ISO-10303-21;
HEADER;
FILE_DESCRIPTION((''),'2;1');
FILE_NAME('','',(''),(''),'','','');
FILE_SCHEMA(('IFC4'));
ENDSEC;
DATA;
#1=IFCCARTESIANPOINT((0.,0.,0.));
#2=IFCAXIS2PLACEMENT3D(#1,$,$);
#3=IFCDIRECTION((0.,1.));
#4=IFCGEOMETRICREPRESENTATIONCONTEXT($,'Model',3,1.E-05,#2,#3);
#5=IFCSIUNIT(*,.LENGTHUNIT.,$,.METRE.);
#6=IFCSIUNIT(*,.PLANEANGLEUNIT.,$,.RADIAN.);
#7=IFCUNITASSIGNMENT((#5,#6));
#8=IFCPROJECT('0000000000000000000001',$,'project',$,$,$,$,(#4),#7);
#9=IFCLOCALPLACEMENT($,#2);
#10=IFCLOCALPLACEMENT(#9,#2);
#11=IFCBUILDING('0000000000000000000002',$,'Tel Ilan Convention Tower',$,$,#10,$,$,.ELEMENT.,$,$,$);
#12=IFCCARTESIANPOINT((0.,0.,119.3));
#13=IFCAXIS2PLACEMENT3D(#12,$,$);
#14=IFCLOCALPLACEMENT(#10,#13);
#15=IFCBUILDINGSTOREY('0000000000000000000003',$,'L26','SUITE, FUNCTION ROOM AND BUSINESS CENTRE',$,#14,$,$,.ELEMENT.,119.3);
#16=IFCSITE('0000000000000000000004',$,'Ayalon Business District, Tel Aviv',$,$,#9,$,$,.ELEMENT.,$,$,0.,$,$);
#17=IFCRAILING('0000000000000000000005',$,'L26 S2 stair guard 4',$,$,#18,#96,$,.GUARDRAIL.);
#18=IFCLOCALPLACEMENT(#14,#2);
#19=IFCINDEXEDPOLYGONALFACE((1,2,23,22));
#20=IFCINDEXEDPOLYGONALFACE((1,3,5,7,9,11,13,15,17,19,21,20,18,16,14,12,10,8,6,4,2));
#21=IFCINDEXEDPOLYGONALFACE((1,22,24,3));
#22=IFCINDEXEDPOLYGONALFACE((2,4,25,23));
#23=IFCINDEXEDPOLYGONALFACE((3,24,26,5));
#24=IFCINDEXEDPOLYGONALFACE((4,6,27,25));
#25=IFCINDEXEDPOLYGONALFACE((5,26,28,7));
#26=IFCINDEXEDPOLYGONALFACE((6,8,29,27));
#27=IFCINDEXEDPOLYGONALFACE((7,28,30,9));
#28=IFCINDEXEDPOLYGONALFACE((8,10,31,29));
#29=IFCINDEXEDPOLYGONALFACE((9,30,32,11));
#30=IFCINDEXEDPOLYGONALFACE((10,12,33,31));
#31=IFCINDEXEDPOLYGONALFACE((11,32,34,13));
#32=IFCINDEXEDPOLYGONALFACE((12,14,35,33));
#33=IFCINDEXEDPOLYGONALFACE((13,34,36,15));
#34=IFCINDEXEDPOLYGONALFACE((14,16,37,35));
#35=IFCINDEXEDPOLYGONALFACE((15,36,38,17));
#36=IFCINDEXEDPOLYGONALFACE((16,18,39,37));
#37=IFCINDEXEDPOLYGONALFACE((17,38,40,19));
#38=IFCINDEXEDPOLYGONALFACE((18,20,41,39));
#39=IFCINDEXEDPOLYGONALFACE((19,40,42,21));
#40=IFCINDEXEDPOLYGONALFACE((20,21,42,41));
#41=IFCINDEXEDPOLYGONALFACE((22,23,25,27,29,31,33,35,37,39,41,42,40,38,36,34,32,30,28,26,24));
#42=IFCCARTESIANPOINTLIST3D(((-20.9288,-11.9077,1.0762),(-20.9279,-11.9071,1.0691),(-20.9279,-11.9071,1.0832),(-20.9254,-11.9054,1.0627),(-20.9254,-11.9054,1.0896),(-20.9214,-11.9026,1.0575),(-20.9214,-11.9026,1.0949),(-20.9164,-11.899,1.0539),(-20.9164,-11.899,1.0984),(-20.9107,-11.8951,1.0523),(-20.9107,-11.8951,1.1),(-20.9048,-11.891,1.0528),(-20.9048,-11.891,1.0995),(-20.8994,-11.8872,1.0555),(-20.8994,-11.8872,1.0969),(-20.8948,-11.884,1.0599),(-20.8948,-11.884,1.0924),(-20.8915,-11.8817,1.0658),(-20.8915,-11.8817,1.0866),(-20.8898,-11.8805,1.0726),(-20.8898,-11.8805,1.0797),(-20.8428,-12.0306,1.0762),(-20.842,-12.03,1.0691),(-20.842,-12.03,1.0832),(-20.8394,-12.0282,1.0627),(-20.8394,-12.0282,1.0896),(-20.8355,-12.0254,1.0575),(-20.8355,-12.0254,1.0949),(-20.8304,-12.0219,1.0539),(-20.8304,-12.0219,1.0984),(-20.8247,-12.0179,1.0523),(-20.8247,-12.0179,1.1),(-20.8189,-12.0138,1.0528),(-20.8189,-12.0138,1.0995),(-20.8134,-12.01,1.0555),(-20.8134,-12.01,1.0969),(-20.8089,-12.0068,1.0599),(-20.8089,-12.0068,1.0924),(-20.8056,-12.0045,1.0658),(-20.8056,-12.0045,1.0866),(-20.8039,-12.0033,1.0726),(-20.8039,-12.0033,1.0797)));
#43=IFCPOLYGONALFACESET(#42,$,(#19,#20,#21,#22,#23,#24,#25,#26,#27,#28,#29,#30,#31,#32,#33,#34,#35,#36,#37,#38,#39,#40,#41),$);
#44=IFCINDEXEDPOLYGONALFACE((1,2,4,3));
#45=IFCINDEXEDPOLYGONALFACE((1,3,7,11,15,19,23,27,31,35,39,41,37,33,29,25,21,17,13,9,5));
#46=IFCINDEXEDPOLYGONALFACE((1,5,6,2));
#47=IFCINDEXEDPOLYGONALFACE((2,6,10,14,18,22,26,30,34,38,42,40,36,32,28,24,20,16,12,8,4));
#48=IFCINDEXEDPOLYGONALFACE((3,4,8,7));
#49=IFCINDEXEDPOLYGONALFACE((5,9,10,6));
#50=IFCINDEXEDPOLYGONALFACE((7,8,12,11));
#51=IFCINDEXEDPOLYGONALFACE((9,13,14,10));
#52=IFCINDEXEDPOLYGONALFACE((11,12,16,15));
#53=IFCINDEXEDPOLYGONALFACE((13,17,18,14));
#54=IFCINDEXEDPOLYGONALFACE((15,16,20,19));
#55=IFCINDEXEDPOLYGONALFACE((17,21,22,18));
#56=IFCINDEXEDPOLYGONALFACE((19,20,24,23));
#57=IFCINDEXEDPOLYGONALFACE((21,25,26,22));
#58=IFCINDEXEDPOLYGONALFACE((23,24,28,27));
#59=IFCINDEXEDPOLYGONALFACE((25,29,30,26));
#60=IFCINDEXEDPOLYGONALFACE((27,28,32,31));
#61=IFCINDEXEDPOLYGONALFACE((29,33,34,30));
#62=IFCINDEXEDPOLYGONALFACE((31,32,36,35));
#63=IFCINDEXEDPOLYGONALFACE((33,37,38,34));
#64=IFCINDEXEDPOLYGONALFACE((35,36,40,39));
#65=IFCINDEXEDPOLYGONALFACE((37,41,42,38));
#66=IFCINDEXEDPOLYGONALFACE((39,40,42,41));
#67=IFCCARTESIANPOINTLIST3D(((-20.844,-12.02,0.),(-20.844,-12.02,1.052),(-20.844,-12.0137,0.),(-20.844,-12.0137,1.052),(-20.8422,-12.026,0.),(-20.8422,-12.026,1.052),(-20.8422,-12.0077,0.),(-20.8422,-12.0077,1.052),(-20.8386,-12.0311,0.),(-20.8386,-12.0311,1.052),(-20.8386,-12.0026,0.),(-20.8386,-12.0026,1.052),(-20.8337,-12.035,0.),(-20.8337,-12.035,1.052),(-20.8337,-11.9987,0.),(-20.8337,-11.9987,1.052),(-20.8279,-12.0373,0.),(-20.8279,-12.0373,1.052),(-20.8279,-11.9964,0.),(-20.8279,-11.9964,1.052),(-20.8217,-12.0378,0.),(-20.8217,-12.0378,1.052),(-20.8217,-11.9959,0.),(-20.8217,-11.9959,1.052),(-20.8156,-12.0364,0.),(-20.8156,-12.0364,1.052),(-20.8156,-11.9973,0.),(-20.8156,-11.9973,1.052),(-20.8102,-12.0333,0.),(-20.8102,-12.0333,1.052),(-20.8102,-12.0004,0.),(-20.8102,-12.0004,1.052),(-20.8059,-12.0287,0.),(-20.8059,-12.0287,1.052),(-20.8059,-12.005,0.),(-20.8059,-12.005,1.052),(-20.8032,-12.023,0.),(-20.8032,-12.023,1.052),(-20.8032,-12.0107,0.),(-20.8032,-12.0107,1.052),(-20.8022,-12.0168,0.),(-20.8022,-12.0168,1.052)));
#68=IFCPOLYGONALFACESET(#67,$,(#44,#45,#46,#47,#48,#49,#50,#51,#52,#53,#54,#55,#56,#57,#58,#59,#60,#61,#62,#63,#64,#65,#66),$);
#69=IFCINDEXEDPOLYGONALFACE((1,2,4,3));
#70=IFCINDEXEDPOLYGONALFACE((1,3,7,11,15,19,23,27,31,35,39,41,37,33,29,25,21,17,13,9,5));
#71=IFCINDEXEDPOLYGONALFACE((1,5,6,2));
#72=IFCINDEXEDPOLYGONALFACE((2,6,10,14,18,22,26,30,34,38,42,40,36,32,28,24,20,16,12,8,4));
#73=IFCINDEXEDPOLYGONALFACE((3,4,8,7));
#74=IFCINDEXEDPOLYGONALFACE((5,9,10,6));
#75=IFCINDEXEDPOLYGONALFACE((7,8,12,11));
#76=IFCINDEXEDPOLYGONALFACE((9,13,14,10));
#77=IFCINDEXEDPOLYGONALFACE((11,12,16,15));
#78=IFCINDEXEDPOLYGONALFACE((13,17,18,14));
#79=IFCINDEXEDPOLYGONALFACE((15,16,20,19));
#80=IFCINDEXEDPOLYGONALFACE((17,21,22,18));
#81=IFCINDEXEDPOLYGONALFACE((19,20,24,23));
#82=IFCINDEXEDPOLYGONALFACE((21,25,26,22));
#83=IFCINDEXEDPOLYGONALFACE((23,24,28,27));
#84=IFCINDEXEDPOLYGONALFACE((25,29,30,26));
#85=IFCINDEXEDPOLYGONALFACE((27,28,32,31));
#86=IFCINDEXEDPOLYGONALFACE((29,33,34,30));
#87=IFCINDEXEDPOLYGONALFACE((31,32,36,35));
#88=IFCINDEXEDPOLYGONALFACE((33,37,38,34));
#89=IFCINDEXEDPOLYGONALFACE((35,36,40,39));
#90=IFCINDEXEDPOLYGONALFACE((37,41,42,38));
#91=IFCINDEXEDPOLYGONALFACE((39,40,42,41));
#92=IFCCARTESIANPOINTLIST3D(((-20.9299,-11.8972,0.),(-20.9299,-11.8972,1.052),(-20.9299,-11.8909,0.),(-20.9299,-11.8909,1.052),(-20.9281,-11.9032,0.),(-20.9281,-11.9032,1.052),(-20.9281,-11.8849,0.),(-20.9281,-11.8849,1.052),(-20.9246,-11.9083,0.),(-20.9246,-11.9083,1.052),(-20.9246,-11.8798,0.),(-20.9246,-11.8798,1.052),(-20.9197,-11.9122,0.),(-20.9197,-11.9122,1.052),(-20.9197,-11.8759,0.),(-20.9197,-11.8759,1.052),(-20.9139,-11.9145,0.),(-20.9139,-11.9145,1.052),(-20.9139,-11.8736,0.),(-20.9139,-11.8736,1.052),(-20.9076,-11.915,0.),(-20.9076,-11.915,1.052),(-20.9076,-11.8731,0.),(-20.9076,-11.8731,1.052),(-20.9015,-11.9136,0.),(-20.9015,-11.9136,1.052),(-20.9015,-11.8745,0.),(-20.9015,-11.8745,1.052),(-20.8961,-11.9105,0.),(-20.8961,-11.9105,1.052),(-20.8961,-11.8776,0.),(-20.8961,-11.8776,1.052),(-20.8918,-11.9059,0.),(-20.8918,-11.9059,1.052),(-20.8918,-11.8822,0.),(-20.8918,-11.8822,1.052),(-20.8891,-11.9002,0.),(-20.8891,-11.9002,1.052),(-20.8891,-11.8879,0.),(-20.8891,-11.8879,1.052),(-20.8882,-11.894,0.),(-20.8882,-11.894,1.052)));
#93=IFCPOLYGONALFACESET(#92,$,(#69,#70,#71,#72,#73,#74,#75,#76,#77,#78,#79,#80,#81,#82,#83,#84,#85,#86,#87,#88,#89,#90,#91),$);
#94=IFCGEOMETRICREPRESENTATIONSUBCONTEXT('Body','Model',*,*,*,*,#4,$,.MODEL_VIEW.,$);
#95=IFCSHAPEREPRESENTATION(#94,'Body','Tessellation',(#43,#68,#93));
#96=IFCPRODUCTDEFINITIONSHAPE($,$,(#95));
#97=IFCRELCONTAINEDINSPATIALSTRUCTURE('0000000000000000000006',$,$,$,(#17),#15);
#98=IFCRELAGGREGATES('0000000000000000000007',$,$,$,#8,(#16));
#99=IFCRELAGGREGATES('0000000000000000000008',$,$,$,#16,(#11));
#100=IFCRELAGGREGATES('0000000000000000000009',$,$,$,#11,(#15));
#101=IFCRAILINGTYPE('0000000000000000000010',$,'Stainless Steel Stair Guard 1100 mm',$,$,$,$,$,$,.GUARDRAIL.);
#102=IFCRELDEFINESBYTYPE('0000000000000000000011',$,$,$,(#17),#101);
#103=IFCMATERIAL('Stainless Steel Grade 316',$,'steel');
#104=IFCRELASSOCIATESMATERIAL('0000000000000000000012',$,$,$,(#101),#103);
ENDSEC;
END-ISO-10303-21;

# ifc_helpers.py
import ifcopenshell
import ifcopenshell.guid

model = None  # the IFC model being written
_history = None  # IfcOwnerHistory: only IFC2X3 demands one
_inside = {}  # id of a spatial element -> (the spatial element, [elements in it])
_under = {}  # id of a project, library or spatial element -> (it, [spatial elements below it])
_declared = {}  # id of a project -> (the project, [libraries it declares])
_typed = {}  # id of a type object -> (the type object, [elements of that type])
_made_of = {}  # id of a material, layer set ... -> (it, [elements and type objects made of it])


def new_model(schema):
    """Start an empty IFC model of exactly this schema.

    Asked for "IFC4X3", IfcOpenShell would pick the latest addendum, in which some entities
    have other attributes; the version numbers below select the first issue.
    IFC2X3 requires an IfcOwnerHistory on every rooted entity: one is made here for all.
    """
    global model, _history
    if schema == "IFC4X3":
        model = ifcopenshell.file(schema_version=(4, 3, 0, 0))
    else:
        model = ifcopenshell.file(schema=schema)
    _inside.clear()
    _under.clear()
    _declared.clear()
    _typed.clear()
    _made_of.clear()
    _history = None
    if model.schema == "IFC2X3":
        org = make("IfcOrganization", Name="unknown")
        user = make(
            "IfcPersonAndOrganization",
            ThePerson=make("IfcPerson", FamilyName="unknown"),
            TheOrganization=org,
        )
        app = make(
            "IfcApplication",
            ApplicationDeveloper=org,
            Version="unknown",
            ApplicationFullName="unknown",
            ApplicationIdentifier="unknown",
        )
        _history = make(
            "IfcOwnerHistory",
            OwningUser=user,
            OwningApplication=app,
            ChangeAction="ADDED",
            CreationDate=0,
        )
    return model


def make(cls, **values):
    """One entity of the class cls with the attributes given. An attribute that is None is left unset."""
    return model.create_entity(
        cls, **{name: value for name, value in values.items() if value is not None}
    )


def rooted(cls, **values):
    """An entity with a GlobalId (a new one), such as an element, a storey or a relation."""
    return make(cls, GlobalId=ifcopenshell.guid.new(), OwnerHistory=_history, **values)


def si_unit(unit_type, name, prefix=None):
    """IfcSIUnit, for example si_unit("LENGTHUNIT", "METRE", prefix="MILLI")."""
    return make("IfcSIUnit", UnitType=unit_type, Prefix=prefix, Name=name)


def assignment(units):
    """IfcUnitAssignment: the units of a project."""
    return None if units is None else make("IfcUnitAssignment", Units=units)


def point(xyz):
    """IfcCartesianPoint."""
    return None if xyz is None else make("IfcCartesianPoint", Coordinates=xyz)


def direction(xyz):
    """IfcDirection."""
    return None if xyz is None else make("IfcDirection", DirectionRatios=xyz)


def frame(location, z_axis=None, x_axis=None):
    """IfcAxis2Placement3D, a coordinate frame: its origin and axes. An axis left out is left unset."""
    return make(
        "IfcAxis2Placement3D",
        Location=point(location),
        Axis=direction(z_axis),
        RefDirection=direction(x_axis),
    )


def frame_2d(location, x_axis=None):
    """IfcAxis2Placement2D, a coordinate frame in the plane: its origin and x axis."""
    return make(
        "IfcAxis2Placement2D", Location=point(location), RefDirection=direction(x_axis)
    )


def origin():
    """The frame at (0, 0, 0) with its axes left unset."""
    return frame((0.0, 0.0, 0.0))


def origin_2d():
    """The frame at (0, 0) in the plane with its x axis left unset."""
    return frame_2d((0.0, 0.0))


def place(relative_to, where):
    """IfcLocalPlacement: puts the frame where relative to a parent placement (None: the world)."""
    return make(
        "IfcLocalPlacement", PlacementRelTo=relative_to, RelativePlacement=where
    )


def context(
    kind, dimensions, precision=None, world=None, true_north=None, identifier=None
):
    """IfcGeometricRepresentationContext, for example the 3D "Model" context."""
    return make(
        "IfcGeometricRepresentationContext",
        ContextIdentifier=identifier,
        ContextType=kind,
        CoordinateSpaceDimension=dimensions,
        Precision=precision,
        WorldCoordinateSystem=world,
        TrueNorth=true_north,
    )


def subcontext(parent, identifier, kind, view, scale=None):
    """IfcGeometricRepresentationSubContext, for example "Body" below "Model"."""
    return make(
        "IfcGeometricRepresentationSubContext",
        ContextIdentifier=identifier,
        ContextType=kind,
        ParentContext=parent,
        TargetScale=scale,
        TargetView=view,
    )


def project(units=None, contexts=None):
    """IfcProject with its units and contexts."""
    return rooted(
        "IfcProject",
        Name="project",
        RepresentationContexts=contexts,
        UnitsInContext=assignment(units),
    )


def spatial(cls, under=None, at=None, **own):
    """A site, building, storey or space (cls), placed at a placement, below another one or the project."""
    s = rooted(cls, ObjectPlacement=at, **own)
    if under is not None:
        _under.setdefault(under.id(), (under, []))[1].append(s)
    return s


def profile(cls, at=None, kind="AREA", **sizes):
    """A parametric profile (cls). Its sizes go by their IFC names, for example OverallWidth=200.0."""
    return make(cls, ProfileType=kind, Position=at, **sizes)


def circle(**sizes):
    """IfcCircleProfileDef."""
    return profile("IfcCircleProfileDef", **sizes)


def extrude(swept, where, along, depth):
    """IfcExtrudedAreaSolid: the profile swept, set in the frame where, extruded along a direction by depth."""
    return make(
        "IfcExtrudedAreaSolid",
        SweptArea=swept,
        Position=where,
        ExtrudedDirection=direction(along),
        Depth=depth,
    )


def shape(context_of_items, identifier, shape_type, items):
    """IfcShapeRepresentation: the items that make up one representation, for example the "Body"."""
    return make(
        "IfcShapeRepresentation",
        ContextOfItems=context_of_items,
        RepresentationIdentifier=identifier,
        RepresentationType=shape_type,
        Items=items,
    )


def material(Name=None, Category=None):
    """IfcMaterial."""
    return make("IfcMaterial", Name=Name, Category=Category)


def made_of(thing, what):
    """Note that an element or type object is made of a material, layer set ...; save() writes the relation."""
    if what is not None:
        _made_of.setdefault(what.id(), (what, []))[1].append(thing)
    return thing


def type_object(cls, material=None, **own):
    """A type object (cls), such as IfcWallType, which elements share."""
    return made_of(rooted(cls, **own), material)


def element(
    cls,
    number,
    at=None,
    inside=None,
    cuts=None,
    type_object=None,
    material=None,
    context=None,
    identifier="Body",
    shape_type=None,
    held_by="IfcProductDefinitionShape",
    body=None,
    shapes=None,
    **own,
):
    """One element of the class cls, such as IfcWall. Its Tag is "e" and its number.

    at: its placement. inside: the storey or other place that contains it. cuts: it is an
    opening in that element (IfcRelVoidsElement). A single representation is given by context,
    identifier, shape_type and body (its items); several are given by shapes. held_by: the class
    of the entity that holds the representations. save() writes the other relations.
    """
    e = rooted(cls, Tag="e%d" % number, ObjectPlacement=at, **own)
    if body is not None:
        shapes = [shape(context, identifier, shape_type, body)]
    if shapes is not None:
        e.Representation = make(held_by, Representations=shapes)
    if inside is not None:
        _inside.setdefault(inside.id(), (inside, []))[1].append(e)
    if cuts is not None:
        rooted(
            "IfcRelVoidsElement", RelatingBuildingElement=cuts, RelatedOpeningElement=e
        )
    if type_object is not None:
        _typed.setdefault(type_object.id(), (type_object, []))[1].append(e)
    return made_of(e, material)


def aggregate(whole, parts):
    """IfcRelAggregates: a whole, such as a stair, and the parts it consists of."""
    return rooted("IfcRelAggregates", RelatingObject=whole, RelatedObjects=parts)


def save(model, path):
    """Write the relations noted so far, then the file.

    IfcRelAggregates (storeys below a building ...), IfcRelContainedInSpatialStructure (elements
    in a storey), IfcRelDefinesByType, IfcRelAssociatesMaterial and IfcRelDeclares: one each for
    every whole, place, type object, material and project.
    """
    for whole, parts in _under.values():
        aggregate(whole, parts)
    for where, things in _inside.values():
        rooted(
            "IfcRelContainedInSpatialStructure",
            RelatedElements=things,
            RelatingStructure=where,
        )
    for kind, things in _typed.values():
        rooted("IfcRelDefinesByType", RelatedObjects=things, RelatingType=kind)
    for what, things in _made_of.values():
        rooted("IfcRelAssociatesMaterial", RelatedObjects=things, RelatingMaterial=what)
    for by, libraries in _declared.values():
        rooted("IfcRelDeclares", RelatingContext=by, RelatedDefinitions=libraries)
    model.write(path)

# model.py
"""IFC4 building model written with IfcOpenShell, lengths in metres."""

from ifc_helpers import new_model, si_unit, direction, frame, origin, origin_2d, place, context, subcontext, project, spatial, circle, extrude, material, type_object, element, save


model = new_model("IFC4")

# Units and contexts
model_context = context("Model", 3, precision=1e-05, world=origin(), true_north=direction((0.0, 1.0)))
body_context = subcontext(model_context, "Body", "Model", "MODEL_VIEW")
ifc_project = project(units=[si_unit("LENGTHUNIT", "METRE"), si_unit("PLANEANGLEUNIT", "RADIAN")], contexts=[model_context])

# Site, building, storey
site_placement = place(None, origin())
site = spatial("IfcSite", under=ifc_project, at=site_placement, Name="Ayalon Business District, Tel Aviv", CompositionType="ELEMENT", RefElevation=0.0)
building_placement = place(site_placement, origin())
building = spatial("IfcBuilding", under=site, at=building_placement, Name="Tel Ilan Convention Tower", CompositionType="ELEMENT")
storey_placement = place(building_placement, frame((0.0, 0.0, 119.3)))
storey = spatial("IfcBuildingStorey", under=building, at=storey_placement, Name="L26", Description="SUITE, FUNCTION ROOM AND BUSINESS CENTRE", CompositionType="ELEMENT", Elevation=119.3)

# Railing
ifc_material_1 = material(Name="Stainless Steel Grade 316", Category="steel")
railing_type_1 = type_object("IfcRailingType", Name="Stainless Steel Stair Guard 1100 mm", PredefinedType="GUARDRAIL", material=ifc_material_1)
railing_1_placement = place(storey_placement, frame((-20.8232, -12.0168, 0.0)))
element("IfcRailing", 1, at=railing_1_placement, inside=storey, type_object=railing_type_1, Name="L26 S2 stair guard 4", PredefinedType="GUARDRAIL", context=body_context, shape_type="SweptSolid", body=[
    extrude(circle(Radius=0.0239, at=origin_2d()), frame((0.0, 0.0, 1.0762), z_axis=(-0.573353, 0.819308, 0.0), x_axis=(-0.819308, -0.573353, 0.0)), (0.0, 0.0, 1.0), 0.1499),
    extrude(circle(Radius=0.021, at=origin_2d()), origin(), (0.0, 0.0, 1.0), 1.052),
    extrude(circle(Radius=0.021, at=origin_2d()), frame((-0.0859, 0.1228, 0.0)), (0.0, 0.0, 1.0), 1.052),
])

save(model, "model.ifc")
